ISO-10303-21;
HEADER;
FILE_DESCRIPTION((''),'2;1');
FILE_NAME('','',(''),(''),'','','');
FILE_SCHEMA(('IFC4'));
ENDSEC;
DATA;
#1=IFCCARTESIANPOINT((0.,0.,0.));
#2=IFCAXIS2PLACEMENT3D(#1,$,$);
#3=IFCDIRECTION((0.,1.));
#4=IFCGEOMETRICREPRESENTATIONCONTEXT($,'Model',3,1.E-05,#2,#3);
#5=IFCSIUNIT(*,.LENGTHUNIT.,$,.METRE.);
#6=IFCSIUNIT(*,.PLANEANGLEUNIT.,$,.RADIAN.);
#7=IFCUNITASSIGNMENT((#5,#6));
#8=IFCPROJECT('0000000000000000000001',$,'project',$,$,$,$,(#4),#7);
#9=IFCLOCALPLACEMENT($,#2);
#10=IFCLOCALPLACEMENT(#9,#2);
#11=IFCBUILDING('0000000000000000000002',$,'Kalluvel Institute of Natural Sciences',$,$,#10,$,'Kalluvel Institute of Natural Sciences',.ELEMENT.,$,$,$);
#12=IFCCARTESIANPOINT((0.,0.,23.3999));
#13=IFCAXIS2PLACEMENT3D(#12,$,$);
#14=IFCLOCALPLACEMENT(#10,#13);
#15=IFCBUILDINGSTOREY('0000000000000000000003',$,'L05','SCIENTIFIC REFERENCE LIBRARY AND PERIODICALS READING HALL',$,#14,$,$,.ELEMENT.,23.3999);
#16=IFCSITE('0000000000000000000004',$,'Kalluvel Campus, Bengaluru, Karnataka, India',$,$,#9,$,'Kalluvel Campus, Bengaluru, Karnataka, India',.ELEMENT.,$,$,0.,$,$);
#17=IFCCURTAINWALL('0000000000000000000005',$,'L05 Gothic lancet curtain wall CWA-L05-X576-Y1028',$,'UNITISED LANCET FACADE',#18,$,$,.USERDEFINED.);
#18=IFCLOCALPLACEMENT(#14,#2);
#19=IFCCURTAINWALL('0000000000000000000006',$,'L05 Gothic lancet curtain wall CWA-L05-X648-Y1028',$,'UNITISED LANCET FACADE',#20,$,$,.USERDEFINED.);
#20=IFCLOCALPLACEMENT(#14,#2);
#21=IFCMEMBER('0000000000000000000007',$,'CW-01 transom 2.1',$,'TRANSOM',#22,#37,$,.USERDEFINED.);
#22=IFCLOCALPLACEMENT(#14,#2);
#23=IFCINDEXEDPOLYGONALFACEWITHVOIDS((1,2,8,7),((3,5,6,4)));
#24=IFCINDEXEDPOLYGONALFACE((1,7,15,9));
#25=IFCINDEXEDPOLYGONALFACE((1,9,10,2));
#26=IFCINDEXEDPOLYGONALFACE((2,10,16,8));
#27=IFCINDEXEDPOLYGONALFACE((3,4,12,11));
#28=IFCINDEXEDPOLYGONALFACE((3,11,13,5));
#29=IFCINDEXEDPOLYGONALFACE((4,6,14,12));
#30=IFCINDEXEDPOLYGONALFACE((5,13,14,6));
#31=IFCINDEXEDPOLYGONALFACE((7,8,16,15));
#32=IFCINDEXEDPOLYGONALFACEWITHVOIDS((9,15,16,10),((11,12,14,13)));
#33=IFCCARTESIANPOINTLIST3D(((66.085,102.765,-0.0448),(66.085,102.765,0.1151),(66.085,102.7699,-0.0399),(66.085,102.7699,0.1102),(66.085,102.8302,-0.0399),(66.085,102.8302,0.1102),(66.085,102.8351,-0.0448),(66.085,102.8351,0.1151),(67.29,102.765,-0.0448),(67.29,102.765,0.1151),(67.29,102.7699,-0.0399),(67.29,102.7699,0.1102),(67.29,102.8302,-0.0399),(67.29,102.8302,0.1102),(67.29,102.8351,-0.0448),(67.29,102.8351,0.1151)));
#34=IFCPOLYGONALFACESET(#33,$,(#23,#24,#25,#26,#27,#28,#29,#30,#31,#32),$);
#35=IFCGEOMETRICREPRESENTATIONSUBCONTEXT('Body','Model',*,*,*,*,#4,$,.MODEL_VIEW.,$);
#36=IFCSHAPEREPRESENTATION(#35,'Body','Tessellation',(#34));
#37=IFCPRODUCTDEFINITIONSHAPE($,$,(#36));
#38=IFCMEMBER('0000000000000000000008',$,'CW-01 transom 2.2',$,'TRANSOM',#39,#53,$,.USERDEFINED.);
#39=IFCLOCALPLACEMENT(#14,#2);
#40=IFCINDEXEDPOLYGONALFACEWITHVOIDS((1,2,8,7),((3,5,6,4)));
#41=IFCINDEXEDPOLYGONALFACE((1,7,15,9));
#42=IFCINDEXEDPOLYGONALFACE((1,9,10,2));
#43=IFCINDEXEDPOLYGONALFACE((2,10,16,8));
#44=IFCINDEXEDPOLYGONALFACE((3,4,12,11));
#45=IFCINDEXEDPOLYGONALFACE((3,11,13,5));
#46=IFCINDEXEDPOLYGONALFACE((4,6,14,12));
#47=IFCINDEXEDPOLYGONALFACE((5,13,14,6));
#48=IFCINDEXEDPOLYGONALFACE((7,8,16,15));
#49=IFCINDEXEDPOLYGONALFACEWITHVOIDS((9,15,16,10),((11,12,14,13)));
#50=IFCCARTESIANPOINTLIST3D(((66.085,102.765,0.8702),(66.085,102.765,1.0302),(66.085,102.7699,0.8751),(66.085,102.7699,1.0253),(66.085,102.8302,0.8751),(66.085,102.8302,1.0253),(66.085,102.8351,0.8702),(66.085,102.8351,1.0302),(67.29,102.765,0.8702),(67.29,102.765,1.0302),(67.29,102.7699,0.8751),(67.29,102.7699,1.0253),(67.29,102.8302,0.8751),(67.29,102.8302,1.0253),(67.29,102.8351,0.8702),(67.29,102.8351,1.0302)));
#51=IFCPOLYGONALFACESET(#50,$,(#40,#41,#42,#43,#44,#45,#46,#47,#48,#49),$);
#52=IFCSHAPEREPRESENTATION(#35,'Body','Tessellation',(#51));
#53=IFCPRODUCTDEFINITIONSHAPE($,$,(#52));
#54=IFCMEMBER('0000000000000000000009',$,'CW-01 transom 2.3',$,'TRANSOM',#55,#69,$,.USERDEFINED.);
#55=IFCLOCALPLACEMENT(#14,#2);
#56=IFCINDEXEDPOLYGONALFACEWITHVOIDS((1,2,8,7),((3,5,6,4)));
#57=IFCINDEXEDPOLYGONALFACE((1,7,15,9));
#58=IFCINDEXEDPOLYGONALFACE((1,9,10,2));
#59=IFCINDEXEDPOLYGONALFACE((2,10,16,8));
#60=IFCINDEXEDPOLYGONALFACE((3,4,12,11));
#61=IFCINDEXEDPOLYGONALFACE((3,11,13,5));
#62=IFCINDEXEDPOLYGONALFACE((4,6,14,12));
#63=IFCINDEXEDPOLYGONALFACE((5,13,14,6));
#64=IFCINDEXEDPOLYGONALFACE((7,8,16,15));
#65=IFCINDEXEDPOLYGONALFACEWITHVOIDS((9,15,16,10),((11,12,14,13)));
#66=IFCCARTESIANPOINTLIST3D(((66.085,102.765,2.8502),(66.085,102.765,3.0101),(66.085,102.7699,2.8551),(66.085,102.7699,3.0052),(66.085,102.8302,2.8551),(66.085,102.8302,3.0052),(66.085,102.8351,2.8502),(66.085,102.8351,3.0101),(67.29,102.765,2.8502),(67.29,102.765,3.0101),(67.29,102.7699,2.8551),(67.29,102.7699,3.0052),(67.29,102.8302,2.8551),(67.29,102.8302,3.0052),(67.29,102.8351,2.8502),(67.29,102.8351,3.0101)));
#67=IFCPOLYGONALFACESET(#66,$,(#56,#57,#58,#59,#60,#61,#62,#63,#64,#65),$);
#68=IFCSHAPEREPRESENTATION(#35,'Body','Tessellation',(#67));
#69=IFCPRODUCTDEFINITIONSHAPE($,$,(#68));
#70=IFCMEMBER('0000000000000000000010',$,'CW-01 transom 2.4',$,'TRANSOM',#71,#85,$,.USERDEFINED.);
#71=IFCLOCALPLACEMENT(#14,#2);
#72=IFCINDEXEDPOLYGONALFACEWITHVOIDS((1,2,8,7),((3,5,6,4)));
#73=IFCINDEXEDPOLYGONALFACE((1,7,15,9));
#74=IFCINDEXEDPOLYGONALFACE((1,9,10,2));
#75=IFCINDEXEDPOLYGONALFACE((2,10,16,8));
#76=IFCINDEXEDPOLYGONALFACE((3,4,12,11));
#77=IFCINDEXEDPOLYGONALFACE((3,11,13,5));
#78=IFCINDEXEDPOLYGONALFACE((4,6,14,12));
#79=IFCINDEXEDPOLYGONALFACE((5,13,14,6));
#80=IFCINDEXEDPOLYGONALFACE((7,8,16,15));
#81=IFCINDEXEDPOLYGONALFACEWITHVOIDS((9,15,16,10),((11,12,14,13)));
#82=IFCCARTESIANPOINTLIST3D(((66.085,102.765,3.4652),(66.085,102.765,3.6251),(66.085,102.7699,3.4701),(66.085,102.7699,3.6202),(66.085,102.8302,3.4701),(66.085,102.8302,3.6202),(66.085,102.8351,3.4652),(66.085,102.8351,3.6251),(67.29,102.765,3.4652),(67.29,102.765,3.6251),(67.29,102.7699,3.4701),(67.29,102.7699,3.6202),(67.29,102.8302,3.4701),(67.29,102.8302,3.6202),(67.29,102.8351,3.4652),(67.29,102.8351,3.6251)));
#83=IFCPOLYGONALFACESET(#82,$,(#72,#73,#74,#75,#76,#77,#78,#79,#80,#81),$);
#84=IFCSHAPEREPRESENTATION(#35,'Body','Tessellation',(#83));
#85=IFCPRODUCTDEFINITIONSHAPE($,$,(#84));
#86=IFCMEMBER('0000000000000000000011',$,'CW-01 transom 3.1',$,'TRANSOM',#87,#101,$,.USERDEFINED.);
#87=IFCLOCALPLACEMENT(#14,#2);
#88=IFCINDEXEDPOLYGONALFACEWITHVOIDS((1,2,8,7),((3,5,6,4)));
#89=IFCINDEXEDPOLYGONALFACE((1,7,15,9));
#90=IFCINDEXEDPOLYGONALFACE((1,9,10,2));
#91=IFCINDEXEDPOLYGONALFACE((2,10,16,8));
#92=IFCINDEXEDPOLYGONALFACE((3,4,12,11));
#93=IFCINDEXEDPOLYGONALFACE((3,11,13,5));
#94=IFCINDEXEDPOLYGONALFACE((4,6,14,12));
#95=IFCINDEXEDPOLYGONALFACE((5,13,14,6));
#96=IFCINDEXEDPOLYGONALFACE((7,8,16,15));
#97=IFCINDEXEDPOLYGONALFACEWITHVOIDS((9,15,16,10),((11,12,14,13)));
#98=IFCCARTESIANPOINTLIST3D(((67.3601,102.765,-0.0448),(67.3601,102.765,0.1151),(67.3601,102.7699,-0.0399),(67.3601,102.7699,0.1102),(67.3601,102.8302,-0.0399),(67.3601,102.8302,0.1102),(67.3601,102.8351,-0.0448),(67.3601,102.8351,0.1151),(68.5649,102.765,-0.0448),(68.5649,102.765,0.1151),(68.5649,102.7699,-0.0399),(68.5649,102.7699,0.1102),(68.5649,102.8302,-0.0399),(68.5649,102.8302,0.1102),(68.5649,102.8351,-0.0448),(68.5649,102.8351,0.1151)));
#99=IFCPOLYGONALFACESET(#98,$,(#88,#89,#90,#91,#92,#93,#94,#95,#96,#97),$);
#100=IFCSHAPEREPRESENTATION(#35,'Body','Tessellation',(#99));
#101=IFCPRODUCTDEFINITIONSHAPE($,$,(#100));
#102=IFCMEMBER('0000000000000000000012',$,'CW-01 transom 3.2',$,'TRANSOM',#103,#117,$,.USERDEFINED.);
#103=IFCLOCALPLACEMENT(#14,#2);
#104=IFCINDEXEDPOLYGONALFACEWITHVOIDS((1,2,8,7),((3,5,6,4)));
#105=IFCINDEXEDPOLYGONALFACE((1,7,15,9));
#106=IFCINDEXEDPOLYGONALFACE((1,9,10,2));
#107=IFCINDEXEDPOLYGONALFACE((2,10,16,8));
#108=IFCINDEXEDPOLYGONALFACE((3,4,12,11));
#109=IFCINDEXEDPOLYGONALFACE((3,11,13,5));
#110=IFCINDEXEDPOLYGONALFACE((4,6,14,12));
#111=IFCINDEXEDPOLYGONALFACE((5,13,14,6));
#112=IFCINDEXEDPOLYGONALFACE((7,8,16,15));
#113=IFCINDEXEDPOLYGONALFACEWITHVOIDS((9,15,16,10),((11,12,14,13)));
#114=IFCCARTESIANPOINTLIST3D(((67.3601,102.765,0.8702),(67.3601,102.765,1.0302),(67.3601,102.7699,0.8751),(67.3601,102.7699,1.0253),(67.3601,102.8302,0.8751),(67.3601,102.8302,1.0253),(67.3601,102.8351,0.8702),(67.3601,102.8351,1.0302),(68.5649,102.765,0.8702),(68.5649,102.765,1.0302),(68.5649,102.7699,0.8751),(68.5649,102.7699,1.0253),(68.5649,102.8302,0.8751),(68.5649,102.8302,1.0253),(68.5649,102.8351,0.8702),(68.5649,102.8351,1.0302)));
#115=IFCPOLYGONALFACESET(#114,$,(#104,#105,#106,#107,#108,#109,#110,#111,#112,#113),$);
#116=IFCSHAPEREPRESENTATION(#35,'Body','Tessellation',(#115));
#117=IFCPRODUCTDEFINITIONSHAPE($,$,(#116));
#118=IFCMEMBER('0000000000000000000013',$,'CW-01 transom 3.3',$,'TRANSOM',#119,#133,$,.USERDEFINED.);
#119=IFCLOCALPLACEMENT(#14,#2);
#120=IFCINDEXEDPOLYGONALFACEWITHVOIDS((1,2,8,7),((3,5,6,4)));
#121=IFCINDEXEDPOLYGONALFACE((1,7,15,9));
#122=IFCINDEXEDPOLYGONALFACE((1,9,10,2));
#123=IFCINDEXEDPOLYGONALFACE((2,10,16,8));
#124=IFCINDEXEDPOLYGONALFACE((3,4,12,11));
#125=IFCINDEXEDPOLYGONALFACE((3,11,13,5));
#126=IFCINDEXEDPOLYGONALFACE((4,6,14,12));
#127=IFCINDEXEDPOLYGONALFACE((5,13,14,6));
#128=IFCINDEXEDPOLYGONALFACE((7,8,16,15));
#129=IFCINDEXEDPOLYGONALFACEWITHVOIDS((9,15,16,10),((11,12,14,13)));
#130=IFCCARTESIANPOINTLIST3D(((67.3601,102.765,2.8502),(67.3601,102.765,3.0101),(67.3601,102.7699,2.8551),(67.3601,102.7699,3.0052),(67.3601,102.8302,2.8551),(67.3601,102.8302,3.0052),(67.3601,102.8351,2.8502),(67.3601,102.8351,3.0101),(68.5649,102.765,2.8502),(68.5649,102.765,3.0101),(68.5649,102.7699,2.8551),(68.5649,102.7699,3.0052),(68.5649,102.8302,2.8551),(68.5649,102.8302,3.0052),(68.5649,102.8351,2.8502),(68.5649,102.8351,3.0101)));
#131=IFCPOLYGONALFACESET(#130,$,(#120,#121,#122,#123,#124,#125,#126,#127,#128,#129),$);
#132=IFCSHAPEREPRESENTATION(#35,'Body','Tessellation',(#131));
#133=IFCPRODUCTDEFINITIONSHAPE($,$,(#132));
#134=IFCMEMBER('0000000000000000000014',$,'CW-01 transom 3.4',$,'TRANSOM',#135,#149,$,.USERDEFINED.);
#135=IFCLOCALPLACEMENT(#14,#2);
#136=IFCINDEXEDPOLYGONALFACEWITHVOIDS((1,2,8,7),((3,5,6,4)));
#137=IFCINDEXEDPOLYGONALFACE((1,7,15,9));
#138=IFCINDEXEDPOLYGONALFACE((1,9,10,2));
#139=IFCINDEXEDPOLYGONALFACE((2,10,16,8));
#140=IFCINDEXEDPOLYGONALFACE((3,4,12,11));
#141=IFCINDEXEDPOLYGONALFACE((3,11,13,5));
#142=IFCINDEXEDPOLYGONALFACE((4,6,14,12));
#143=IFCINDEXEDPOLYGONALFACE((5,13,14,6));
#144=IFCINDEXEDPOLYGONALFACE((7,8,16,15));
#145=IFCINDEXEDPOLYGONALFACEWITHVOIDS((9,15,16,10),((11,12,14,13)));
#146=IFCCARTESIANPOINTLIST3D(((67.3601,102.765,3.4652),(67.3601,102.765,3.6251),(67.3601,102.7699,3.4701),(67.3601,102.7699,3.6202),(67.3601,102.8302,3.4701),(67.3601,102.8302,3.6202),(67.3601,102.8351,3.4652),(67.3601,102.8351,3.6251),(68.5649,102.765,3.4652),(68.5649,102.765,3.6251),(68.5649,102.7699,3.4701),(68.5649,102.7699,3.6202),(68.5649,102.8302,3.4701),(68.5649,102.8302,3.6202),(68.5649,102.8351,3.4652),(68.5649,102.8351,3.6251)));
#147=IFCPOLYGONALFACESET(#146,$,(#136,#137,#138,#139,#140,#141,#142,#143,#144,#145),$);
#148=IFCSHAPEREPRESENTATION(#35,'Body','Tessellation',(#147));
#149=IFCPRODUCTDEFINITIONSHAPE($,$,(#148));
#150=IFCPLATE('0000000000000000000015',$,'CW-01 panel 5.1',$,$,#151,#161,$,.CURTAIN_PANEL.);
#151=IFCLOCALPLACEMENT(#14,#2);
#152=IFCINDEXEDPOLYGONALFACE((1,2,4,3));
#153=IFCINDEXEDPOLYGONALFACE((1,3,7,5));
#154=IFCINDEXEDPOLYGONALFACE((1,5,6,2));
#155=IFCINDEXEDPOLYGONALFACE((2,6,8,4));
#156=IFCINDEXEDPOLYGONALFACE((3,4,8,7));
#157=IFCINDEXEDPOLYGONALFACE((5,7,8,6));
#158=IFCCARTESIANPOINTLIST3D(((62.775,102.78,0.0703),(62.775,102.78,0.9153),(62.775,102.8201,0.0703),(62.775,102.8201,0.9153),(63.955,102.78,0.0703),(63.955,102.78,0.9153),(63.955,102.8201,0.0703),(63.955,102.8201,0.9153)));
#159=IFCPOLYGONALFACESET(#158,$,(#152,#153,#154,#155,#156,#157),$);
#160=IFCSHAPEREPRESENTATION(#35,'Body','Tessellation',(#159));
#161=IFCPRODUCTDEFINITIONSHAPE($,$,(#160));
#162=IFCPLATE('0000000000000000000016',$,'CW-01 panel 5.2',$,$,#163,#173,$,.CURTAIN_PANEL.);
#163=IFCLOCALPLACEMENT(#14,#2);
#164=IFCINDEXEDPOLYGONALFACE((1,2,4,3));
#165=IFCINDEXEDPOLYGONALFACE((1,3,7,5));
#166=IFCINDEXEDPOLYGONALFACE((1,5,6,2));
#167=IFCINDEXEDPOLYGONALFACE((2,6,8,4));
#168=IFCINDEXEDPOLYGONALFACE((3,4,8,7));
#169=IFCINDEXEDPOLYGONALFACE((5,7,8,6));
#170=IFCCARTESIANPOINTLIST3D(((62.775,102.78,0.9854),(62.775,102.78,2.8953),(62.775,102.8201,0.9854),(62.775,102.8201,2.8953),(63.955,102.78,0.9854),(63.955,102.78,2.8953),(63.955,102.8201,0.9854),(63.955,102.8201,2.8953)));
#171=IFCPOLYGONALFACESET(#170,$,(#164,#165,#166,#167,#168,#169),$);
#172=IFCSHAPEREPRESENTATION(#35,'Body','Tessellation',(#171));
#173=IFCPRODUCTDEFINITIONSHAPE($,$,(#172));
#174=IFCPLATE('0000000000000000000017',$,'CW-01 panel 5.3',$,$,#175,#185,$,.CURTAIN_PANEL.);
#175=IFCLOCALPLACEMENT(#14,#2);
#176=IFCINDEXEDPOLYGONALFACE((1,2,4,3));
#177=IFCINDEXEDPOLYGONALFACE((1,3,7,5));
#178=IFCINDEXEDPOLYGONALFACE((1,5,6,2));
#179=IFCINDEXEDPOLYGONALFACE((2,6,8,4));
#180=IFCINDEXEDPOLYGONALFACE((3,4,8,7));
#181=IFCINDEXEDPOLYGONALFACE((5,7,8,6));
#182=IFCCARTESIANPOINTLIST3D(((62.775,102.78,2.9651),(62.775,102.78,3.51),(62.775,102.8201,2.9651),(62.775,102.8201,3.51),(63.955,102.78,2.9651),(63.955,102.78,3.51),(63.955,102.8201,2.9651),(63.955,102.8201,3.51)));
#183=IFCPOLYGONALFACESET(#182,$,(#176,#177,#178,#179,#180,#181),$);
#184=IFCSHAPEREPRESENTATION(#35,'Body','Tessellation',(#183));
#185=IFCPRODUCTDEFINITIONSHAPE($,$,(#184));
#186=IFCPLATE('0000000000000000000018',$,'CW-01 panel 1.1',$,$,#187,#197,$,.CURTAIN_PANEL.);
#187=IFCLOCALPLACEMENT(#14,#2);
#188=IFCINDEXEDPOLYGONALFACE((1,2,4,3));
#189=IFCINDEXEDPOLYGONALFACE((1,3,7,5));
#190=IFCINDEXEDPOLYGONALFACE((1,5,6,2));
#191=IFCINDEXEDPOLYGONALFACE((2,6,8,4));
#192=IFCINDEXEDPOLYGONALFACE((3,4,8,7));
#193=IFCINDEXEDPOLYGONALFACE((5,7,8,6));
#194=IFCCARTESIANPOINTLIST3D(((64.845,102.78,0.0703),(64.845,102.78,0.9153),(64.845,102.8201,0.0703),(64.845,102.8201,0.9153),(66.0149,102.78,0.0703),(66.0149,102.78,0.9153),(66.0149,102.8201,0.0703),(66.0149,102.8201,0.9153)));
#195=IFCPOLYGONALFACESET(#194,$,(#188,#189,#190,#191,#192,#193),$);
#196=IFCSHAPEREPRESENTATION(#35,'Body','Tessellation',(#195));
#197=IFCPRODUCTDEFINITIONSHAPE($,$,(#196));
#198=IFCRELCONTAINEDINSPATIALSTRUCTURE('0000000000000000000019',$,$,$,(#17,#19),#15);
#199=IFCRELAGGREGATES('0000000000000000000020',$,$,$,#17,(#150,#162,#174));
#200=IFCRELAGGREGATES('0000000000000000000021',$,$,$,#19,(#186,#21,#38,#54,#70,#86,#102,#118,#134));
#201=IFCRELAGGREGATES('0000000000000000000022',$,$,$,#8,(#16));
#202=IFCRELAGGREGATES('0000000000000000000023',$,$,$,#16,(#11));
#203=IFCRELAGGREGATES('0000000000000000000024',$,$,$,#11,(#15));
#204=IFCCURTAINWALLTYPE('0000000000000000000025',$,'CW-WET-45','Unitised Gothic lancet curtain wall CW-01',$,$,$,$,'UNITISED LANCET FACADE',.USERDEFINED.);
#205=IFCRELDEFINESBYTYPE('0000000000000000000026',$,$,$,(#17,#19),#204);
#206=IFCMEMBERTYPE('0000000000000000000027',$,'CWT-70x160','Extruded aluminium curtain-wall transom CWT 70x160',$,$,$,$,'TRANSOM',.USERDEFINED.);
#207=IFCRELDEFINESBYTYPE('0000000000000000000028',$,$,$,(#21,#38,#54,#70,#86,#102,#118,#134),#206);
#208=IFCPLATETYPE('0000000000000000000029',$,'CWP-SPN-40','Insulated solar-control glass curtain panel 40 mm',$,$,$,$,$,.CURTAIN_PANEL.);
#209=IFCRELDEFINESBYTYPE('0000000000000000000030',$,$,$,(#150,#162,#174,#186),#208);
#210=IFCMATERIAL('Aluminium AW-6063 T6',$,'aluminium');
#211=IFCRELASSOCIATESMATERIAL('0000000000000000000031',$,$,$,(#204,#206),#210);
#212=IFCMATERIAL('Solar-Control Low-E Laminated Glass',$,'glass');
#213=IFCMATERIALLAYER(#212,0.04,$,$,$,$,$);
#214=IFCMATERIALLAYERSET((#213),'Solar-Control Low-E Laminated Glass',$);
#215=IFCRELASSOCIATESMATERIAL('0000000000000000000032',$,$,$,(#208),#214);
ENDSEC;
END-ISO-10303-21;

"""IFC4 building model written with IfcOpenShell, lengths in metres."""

from ifc_helpers import new_model, si_unit, direction, frame, origin, origin_2d, place, context, subcontext, project, spatial, rectangle, hollow_rectangle, extrude, material, layer, layer_set, material_profile, profile_set, type_object, element, aggregate, save


model = new_model("IFC4")

# Units and contexts
model_context = context("Model", 3, precision=1e-05, world=origin(), true_north=direction((0.0, 1.0)))
body_context = subcontext(model_context, "Body", "Model", "MODEL_VIEW")
ifc_project = project(units=[si_unit("LENGTHUNIT", "METRE"), si_unit("PLANEANGLEUNIT", "RADIAN")], contexts=[model_context])

# Site, building, storey
site_placement = place(None, origin())
site = spatial("IfcSite", under=ifc_project, at=site_placement, Name="Kalluvel Campus, Bengaluru, Karnataka, India", LongName="Kalluvel Campus, Bengaluru, Karnataka, India", CompositionType="ELEMENT", RefElevation=0.0)
building_placement = place(site_placement, origin())
building = spatial("IfcBuilding", under=site, at=building_placement, Name="Kalluvel Institute of Natural Sciences", LongName="Kalluvel Institute of Natural Sciences", CompositionType="ELEMENT")
storey_placement = place(building_placement, frame((0.0, 0.0, 23.3999)))
storey = spatial("IfcBuildingStorey", under=building, at=storey_placement, Name="L05", Description="SCIENTIFIC REFERENCE LIBRARY AND PERIODICALS READING HALL", CompositionType="ELEMENT", Elevation=23.3999)

# Curtain wall
ifc_material_1 = material(Name="Aluminium AW-6063 T6", Category="aluminium")
curtain_wall_type = type_object("IfcCurtainWallType", Name="CW-WET-45", Description="Unitised Gothic lancet curtain wall CW-01", ElementType="UNITISED LANCET FACADE", PredefinedType="USERDEFINED", material=ifc_material_1)
curtain_wall_1_placement = place(storey_placement, origin())
curtain_wall_1 = element("IfcCurtainWall", 1, at=curtain_wall_1_placement, inside=storey, type_object=curtain_wall_type, Name="L05 Gothic lancet curtain wall CWA-L05-X576-Y1028", ObjectType="UNITISED LANCET FACADE", PredefinedType="USERDEFINED")

# Curtain wall
curtain_wall_2_placement = place(storey_placement, origin())
curtain_wall_2 = element("IfcCurtainWall", 2, at=curtain_wall_2_placement, inside=storey, type_object=curtain_wall_type, Name="L05 Gothic lancet curtain wall CWA-L05-X648-Y1028", ObjectType="UNITISED LANCET FACADE", PredefinedType="USERDEFINED")

# Members
ifc_material_profile_1 = material_profile(ifc_material_1, hollow_rectangle(XDim=0.0701, YDim=0.1599, WallThickness=0.0049, at=origin_2d()), Name="CWT 70x160")
ifc_profile_set_1 = profile_set([ifc_material_profile_1], Name="Aluminium AW-6063 T6")
member_type_1 = type_object("IfcMemberType", Name="CWT-70x160", Description="Extruded aluminium curtain-wall transom CWT 70x160", ElementType="TRANSOM", PredefinedType="USERDEFINED", material=ifc_profile_set_1)
member_1_placement = place(storey_placement, frame((66.085, 102.8, 0.0352), z_axis=(1.0, 0.0, 0.0), x_axis=(0.0, 1.0, 0.0)))
member_1 = element("IfcMember", 3, at=member_1_placement, type_object=member_type_1, Name="CW-01 transom 2.1", ObjectType="TRANSOM", PredefinedType="USERDEFINED", context=body_context, shape_type="SweptSolid", body=[
    extrude(hollow_rectangle(XDim=0.0701, YDim=0.1599, WallThickness=0.0049, at=origin_2d()), origin(), (0.0, 0.0, 1.0), 1.2051),
])
member_2_placement = place(storey_placement, frame((66.085, 102.8, 0.9502), z_axis=(1.0, 0.0, 0.0), x_axis=(0.0, 1.0, 0.0)))
member_2 = element("IfcMember", 4, at=member_2_placement, type_object=member_type_1, Name="CW-01 transom 2.2", ObjectType="TRANSOM", PredefinedType="USERDEFINED", context=body_context, shape_type="SweptSolid", body=[
    extrude(hollow_rectangle(XDim=0.0701, YDim=0.1599, WallThickness=0.0049, at=origin_2d()), origin(), (0.0, 0.0, 1.0), 1.2051),
])
member_3_placement = place(storey_placement, frame((66.085, 102.8, 2.9302), z_axis=(1.0, 0.0, 0.0), x_axis=(0.0, 1.0, 0.0)))
member_3 = element("IfcMember", 5, at=member_3_placement, type_object=member_type_1, Name="CW-01 transom 2.3", ObjectType="TRANSOM", PredefinedType="USERDEFINED", context=body_context, shape_type="SweptSolid", body=[
    extrude(hollow_rectangle(XDim=0.0701, YDim=0.1599, WallThickness=0.0049, at=origin_2d()), origin(), (0.0, 0.0, 1.0), 1.2051),
])
member_4_placement = place(storey_placement, frame((66.085, 102.8, 3.5452), z_axis=(1.0, 0.0, 0.0), x_axis=(0.0, 1.0, 0.0)))
member_4 = element("IfcMember", 6, at=member_4_placement, type_object=member_type_1, Name="CW-01 transom 2.4", ObjectType="TRANSOM", PredefinedType="USERDEFINED", context=body_context, shape_type="SweptSolid", body=[
    extrude(hollow_rectangle(XDim=0.0701, YDim=0.1599, WallThickness=0.0049, at=origin_2d()), origin(), (0.0, 0.0, 1.0), 1.2051),
])
member_5_placement = place(storey_placement, frame((67.3601, 102.8, 0.0352), z_axis=(1.0, 0.0, 0.0), x_axis=(0.0, 1.0, 0.0)))
member_5 = element("IfcMember", 7, at=member_5_placement, type_object=member_type_1, Name="CW-01 transom 3.1", ObjectType="TRANSOM", PredefinedType="USERDEFINED", context=body_context, shape_type="SweptSolid", body=[
    extrude(hollow_rectangle(XDim=0.0701, YDim=0.1599, WallThickness=0.0049, at=origin_2d()), origin(), (0.0, 0.0, 1.0), 1.2048),
])
member_6_placement = place(storey_placement, frame((67.3601, 102.8, 0.9502), z_axis=(1.0, 0.0, 0.0), x_axis=(0.0, 1.0, 0.0)))
member_6 = element("IfcMember", 8, at=member_6_placement, type_object=member_type_1, Name="CW-01 transom 3.2", ObjectType="TRANSOM", PredefinedType="USERDEFINED", context=body_context, shape_type="SweptSolid", body=[
    extrude(hollow_rectangle(XDim=0.0701, YDim=0.1599, WallThickness=0.0049, at=origin_2d()), origin(), (0.0, 0.0, 1.0), 1.2048),
])
member_7_placement = place(storey_placement, frame((67.3601, 102.8, 2.9302), z_axis=(1.0, 0.0, 0.0), x_axis=(0.0, 1.0, 0.0)))
member_7 = element("IfcMember", 9, at=member_7_placement, type_object=member_type_1, Name="CW-01 transom 3.3", ObjectType="TRANSOM", PredefinedType="USERDEFINED", context=body_context, shape_type="SweptSolid", body=[
    extrude(hollow_rectangle(XDim=0.0701, YDim=0.1599, WallThickness=0.0049, at=origin_2d()), origin(), (0.0, 0.0, 1.0), 1.2048),
])
member_8_placement = place(storey_placement, frame((67.3601, 102.8, 3.5452), z_axis=(1.0, 0.0, 0.0), x_axis=(0.0, 1.0, 0.0)))
member_8 = element("IfcMember", 10, at=member_8_placement, type_object=member_type_1, Name="CW-01 transom 3.4", ObjectType="TRANSOM", PredefinedType="USERDEFINED", context=body_context, shape_type="SweptSolid", body=[
    extrude(hollow_rectangle(XDim=0.0701, YDim=0.1599, WallThickness=0.0049, at=origin_2d()), origin(), (0.0, 0.0, 1.0), 1.2048),
])

# Plates
ifc_material_2 = material(Name="Solar-Control Low-E Laminated Glass", Category="glass")
ifc_layer = layer(ifc_material_2, 0.04)
ifc_layer_set = layer_set([ifc_layer], Name="Solar-Control Low-E Laminated Glass")
plate_type = type_object("IfcPlateType", Name="CWP-SPN-40", Description="Insulated solar-control glass curtain panel 40 mm", PredefinedType="CURTAIN_PANEL", material=ifc_layer_set)
plate_1_placement = place(storey_placement, frame((63.365, 102.8, 0.0703), z_axis=(0.0, 0.0, 1.0), x_axis=(1.0, 0.0, 0.0)))
plate_1 = element("IfcPlate", 11, at=plate_1_placement, type_object=plate_type, Name="CW-01 panel 5.1", PredefinedType="CURTAIN_PANEL", context=body_context, shape_type="SweptSolid", body=[
    extrude(rectangle(XDim=1.1799, YDim=0.04, at=origin_2d()), origin(), (0.0, 0.0, 1.0), 0.845),
])
plate_2_placement = place(storey_placement, frame((63.365, 102.8, 0.9854), z_axis=(0.0, 0.0, 1.0), x_axis=(1.0, 0.0, 0.0)))
plate_2 = element("IfcPlate", 12, at=plate_2_placement, type_object=plate_type, Name="CW-01 panel 5.2", PredefinedType="CURTAIN_PANEL", context=body_context, shape_type="SweptSolid", body=[
    extrude(rectangle(XDim=1.1799, YDim=0.04, at=origin_2d()), origin(), (0.0, 0.0, 1.0), 1.9099),
])
plate_3_placement = place(storey_placement, frame((63.365, 102.8, 2.9651), z_axis=(0.0, 0.0, 1.0), x_axis=(1.0, 0.0, 0.0)))
plate_3 = element("IfcPlate", 13, at=plate_3_placement, type_object=plate_type, Name="CW-01 panel 5.3", PredefinedType="CURTAIN_PANEL", context=body_context, shape_type="SweptSolid", body=[
    extrude(rectangle(XDim=1.1799, YDim=0.04, at=origin_2d()), origin(), (0.0, 0.0, 1.0), 0.5449),
])
aggregate(curtain_wall_1, [plate_1, plate_2, plate_3])
plate_4_placement = place(storey_placement, frame((65.4299, 102.8, 0.0703), z_axis=(0.0, 0.0, 1.0), x_axis=(1.0, 0.0, 0.0)))
plate_4 = element("IfcPlate", 14, at=plate_4_placement, type_object=plate_type, Name="CW-01 panel 1.1", PredefinedType="CURTAIN_PANEL", context=body_context, shape_type="SweptSolid", body=[
    extrude(rectangle(XDim=1.1699, YDim=0.04, at=origin_2d()), origin(), (0.0, 0.0, 1.0), 0.845),
])
aggregate(curtain_wall_2, [plate_4, member_1, member_2, member_3, member_4, member_5, member_6, member_7, member_8])

save(model, "model.ifc")
